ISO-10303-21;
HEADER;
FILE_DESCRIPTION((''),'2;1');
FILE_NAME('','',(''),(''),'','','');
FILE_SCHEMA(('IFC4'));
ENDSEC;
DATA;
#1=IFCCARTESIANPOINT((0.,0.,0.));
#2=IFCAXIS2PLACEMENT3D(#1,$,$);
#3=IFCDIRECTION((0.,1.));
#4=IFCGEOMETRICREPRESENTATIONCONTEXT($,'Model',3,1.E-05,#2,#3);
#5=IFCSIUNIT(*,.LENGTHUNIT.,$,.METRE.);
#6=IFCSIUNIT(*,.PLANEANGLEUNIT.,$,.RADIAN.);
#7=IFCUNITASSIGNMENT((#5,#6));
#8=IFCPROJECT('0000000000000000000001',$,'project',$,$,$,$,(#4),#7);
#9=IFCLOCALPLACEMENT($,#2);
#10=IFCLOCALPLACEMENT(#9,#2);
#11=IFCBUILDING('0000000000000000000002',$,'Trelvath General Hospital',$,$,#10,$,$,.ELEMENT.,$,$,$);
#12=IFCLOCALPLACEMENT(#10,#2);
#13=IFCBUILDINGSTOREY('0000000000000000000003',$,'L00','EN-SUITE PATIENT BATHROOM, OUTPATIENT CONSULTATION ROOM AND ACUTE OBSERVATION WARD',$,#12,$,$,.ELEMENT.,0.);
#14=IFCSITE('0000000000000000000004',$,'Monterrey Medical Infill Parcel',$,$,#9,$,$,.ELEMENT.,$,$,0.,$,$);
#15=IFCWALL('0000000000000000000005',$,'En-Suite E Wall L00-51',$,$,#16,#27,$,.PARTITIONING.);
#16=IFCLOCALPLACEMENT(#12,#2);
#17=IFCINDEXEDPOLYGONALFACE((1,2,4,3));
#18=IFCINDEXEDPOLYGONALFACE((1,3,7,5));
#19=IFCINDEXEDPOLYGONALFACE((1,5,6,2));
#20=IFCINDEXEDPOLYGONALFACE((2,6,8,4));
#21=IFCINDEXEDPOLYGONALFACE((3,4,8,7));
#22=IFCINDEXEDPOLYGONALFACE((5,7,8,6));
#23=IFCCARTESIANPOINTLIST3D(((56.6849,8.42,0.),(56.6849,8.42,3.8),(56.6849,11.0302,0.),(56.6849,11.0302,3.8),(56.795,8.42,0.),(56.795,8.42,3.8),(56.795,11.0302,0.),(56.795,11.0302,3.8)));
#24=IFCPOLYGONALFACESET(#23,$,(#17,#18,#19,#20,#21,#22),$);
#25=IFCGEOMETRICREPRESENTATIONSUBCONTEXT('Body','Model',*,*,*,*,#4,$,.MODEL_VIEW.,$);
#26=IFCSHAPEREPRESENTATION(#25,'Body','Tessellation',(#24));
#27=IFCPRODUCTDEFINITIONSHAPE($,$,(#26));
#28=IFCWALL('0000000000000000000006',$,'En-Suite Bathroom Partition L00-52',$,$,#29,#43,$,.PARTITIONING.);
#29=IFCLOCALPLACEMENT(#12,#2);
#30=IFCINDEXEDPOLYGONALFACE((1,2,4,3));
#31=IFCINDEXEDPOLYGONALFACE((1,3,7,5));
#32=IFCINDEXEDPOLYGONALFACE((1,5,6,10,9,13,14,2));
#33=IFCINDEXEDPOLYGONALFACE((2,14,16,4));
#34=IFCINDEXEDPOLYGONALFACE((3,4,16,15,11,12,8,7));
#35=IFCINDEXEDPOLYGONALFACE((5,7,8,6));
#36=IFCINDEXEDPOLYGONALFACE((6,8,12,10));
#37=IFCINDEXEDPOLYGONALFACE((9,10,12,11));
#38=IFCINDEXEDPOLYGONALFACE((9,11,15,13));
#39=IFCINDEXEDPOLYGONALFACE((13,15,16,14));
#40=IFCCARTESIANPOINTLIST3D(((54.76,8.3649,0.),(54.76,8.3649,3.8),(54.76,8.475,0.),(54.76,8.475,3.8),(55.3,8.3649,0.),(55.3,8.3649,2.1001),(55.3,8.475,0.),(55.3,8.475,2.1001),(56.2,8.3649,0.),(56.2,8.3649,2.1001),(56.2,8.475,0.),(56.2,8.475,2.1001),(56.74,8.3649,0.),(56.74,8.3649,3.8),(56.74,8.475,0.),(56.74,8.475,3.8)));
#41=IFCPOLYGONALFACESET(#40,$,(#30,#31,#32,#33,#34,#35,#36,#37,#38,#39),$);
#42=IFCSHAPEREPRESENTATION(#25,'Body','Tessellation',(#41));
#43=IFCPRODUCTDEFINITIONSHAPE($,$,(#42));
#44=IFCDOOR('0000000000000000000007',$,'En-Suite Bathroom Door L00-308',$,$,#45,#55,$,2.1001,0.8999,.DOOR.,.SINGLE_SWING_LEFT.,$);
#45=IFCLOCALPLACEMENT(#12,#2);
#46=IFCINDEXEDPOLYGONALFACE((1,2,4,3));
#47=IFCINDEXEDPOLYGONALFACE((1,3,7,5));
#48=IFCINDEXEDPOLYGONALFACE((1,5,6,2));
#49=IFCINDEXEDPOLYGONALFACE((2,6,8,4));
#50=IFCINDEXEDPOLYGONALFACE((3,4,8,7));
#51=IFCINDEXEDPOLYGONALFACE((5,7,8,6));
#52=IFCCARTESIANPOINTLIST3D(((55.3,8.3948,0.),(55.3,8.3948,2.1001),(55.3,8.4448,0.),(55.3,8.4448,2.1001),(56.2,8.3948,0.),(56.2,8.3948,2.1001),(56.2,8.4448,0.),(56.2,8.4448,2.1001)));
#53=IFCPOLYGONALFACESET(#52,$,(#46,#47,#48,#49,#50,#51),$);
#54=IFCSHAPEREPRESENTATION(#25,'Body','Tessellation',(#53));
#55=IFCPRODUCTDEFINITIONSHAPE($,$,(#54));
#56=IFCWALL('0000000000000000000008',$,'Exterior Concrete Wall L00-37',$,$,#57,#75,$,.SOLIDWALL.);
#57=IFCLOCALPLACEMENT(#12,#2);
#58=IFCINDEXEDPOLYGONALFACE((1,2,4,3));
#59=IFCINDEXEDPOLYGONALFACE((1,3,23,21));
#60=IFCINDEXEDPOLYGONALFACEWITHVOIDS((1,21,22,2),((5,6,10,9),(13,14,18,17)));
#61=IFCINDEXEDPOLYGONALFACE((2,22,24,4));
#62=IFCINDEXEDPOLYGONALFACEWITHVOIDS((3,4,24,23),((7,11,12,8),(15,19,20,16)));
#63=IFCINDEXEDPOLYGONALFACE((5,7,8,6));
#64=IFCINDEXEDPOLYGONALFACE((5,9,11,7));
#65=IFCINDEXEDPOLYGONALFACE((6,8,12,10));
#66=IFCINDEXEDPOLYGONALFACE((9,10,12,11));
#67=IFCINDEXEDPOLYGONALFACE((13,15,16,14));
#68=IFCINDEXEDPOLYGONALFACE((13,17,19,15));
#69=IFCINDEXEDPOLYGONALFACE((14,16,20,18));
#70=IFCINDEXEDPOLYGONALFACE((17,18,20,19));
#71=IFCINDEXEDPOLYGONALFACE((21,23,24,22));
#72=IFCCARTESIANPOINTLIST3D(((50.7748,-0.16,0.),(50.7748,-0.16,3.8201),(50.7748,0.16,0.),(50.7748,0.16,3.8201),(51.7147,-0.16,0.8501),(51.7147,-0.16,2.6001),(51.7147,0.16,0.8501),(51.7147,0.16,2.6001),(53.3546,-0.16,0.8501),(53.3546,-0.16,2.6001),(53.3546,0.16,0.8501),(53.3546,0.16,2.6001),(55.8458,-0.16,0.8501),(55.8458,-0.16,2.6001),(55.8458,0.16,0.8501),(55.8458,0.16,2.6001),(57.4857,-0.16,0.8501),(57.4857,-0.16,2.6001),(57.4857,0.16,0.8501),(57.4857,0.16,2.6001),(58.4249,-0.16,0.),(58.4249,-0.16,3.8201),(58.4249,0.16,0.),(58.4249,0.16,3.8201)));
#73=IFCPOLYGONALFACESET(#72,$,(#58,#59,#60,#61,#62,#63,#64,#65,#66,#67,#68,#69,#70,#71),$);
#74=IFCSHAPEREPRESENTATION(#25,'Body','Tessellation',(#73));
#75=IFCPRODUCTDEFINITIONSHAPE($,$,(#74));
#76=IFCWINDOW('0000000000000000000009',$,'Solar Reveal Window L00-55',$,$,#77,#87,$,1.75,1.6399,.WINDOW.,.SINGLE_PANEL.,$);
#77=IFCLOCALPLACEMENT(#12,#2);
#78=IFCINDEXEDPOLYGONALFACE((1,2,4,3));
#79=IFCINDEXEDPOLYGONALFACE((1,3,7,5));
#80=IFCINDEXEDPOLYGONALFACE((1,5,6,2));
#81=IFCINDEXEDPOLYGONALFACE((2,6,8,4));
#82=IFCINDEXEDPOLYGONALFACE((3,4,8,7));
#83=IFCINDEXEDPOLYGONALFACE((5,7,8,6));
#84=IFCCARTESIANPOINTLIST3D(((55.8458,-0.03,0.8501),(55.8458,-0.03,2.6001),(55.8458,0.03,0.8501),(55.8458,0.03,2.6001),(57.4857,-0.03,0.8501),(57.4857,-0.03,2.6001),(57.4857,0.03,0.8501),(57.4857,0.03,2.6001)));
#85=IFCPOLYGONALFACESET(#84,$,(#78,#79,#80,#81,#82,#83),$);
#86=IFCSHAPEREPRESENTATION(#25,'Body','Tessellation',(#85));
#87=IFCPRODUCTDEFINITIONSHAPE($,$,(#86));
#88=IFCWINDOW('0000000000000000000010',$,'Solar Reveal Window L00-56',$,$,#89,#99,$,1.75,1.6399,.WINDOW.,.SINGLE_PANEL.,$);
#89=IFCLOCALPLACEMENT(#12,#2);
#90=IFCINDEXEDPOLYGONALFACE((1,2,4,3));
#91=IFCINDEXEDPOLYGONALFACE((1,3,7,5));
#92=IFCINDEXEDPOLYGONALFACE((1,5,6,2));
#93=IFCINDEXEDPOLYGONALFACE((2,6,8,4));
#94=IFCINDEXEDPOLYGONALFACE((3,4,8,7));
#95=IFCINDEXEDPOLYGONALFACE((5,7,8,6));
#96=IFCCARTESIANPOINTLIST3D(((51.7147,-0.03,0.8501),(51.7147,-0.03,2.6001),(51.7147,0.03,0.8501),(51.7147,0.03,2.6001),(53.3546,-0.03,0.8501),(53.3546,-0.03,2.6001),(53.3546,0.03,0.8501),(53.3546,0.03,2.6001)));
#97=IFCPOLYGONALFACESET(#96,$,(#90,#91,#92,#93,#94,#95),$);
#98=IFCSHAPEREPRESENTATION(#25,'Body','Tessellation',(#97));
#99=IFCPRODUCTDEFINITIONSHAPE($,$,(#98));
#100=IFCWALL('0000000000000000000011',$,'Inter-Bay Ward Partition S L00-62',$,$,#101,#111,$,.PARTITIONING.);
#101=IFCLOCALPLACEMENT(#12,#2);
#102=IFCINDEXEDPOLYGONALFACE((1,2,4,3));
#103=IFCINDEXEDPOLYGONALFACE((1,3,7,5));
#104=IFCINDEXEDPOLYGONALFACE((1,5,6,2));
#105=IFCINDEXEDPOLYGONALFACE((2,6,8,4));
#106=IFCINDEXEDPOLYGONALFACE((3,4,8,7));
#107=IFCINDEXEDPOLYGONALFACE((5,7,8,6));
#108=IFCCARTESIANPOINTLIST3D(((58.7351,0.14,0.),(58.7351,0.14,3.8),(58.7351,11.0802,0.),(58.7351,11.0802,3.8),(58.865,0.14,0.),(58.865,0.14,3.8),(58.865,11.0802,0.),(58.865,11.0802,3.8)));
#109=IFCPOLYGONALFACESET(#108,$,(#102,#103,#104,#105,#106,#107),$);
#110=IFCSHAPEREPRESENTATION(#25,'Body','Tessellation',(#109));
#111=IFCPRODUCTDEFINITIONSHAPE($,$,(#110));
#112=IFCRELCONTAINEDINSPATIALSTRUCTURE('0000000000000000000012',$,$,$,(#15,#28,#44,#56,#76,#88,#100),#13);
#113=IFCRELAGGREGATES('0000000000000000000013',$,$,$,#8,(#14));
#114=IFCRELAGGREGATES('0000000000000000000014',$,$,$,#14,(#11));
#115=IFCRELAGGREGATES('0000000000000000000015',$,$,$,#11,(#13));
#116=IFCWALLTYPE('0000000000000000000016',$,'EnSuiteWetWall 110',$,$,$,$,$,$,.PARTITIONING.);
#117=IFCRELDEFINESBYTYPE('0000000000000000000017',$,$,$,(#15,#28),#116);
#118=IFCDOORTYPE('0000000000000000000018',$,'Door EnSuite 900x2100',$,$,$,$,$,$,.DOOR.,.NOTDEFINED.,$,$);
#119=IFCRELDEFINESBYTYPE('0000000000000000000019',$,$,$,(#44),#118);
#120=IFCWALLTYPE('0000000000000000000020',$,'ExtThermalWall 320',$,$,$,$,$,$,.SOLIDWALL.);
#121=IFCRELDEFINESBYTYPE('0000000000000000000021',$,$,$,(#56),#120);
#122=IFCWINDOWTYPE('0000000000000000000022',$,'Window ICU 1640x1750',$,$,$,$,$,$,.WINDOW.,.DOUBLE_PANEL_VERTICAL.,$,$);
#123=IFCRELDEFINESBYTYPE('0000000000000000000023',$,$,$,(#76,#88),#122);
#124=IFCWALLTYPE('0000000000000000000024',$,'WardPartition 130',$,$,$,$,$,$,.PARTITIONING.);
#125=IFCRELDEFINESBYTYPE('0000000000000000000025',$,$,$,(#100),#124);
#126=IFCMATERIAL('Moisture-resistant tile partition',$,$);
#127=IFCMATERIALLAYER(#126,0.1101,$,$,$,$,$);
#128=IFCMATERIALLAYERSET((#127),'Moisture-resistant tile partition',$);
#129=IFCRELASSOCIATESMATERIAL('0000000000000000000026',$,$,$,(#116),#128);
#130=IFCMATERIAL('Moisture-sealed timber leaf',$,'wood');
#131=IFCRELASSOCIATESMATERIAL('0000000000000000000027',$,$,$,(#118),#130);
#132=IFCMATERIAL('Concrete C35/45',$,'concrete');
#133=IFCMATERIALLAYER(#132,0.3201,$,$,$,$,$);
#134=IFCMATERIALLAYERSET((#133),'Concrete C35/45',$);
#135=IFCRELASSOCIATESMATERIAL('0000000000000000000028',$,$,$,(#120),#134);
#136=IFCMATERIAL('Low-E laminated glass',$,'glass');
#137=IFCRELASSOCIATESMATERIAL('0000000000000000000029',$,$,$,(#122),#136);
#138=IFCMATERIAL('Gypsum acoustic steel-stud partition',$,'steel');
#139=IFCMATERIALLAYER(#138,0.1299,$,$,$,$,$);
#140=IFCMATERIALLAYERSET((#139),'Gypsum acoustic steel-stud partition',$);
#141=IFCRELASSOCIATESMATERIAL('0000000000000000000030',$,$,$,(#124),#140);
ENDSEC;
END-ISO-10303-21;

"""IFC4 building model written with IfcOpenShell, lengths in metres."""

from ifc_helpers import new_model, si_unit, direction, frame, frame_2d, origin, place, context, subcontext, project, spatial, rectangle, extrude, material, layer, layer_set, type_object, element, fill, save


model = new_model("IFC4")

# Units and contexts
model_context = context("Model", 3, precision=1e-05, world=origin(), true_north=direction((0.0, 1.0)))
body_context = subcontext(model_context, "Body", "Model", "MODEL_VIEW")
ifc_project = project(units=[si_unit("LENGTHUNIT", "METRE"), si_unit("PLANEANGLEUNIT", "RADIAN")], contexts=[model_context])

# Site, building, storey
site_placement = place(None, origin())
site = spatial("IfcSite", under=ifc_project, at=site_placement, Name="Monterrey Medical Infill Parcel", CompositionType="ELEMENT", RefElevation=0.0)
building_placement = place(site_placement, origin())
building = spatial("IfcBuilding", under=site, at=building_placement, Name="Trelvath General Hospital", CompositionType="ELEMENT")
storey_placement = place(building_placement, origin())
storey = spatial("IfcBuildingStorey", under=building, at=storey_placement, Name="L00", Description="EN-SUITE PATIENT BATHROOM, OUTPATIENT CONSULTATION ROOM AND ACUTE OBSERVATION WARD", CompositionType="ELEMENT", Elevation=0.0)

# Wall
ifc_material_1 = material(Name="Moisture-resistant tile partition")
ifc_layer_1 = layer(ifc_material_1, 0.1101)
ifc_layer_set_1 = layer_set([ifc_layer_1], Name="Moisture-resistant tile partition")
wall_type_1 = type_object("IfcWallType", Name="EnSuiteWetWall 110", PredefinedType="PARTITIONING", material=ifc_layer_set_1)
for number, where, z_axis, x_axis, name in (
    (1, (56.74, 8.4199, 0.0), (0.0, 0.0, 1.0), (0.0, 1.0, 0.0), "En-Suite E Wall L00-51"),
):
    element("IfcWall", number, at=place(storey_placement, frame(where, z_axis=z_axis, x_axis=x_axis)), inside=storey, type_object=wall_type_1, Name=name, PredefinedType="PARTITIONING", context=body_context, shape_type="SweptSolid", body=[
        extrude(rectangle(XDim=2.6101, YDim=0.1101, at=frame_2d((1.3052, 0.0))), origin(), (0.0, 0.0, 1.0), 3.8),
    ])

# Wall, opening, door
wall_1_placement = place(storey_placement, frame((54.76, 8.4199, 0.0), z_axis=(0.0, 0.0, 1.0), x_axis=(1.0, 0.0, 0.0)))
wall_1 = element("IfcWall", 2, at=wall_1_placement, inside=storey, type_object=wall_type_1, Name="En-Suite Bathroom Partition L00-52", PredefinedType="PARTITIONING", context=body_context, shape_type="SweptSolid", body=[
    extrude(rectangle(XDim=1.98, YDim=0.1101, at=frame_2d((0.99, 0.0))), origin(), (0.0, 0.0, 1.0), 3.8),
])
opening_1_placement = place(wall_1_placement, frame((0.54, 0.0, 0.0)))
opening_1 = element("IfcOpeningElement", 3, at=opening_1_placement, cuts=wall_1, PredefinedType="OPENING", context=body_context, shape_type="SweptSolid", body=[
    extrude(rectangle(XDim=0.8999, YDim=2.1001, at=frame_2d((0.45, 1.05))), frame((0.0, 0.0649, 0.0), z_axis=(0.0, -1.0, 0.0), x_axis=(1.0, 0.0, 0.0)), (0.0, 0.0, 1.0), 0.1301),
])
ifc_material_2 = material(Name="Moisture-sealed timber leaf", Category="wood")
door_type = type_object("IfcDoorType", Name="Door EnSuite 900x2100", OperationType="NOTDEFINED", PredefinedType="DOOR", material=ifc_material_2)
door_placement = place(opening_1_placement, origin())
door = element("IfcDoor", 4, at=door_placement, inside=storey, type_object=door_type, Name="En-Suite Bathroom Door L00-308", OperationType="SINGLE_SWING_LEFT", OverallHeight=2.1001, OverallWidth=0.8999, PredefinedType="DOOR", context=body_context, shape_type="SweptSolid", body=[
    extrude(rectangle(XDim=0.8999, YDim=2.1001, at=frame_2d((0.45, 1.05))), frame((0.0, 0.0249, 0.0), z_axis=(0.0, -1.0, 0.0), x_axis=(1.0, 0.0, 0.0)), (0.0, 0.0, 1.0), 0.05),
])
fill(opening_1, door)

# Wall, openings, windows
ifc_material_3 = material(Name="Concrete C35/45", Category="concrete")
ifc_layer_2 = layer(ifc_material_3, 0.3201)
ifc_layer_set_2 = layer_set([ifc_layer_2], Name="Concrete C35/45")
wall_type_2 = type_object("IfcWallType", Name="ExtThermalWall 320", PredefinedType="SOLIDWALL", material=ifc_layer_set_2)
wall_2_placement = place(storey_placement, frame((58.425, 0.0, 0.0), z_axis=(0.0, 0.0, 1.0), x_axis=(-1.0, 0.0, 0.0)))
wall_2 = element("IfcWall", 5, at=wall_2_placement, inside=storey, type_object=wall_type_2, Name="Exterior Concrete Wall L00-37", PredefinedType="SOLIDWALL", context=body_context, shape_type="SweptSolid", body=[
    extrude(rectangle(XDim=7.6501, YDim=0.3201, at=frame_2d((3.8252, 0.0))), origin(), (0.0, 0.0, 1.0), 3.8201),
])
opening_2_placement = place(wall_2_placement, frame((0.9395, 0.0, 0.8501)))
opening_2 = element("IfcOpeningElement", 6, at=opening_2_placement, cuts=wall_2, PredefinedType="OPENING", context=body_context, shape_type="SweptSolid", body=[
    extrude(rectangle(XDim=1.6399, YDim=1.75, at=frame_2d((0.8198, 0.875))), frame((0.0, 0.1699, 0.0), z_axis=(0.0, -1.0, 0.0), x_axis=(1.0, 0.0, 0.0)), (0.0, 0.0, 1.0), 0.3401),
])
opening_3_placement = place(wall_2_placement, frame((5.0706, 0.0, 0.8501)))
opening_3 = element("IfcOpeningElement", 7, at=opening_3_placement, cuts=wall_2, PredefinedType="OPENING", context=body_context, shape_type="SweptSolid", body=[
    extrude(rectangle(XDim=1.6399, YDim=1.75, at=frame_2d((0.8198, 0.875))), frame((0.0, 0.1699, 0.0), z_axis=(0.0, -1.0, 0.0), x_axis=(1.0, 0.0, 0.0)), (0.0, 0.0, 1.0), 0.3401),
])
ifc_material_4 = material(Name="Low-E laminated glass", Category="glass")
window_type = type_object("IfcWindowType", Name="Window ICU 1640x1750", PartitioningType="DOUBLE_PANEL_VERTICAL", PredefinedType="WINDOW", material=ifc_material_4)
window_1_placement = place(opening_2_placement, origin())
window_1 = element("IfcWindow", 8, at=window_1_placement, inside=storey, type_object=window_type, Name="Solar Reveal Window L00-55", OverallHeight=1.75, OverallWidth=1.6399, PartitioningType="SINGLE_PANEL", PredefinedType="WINDOW", context=body_context, shape_type="SweptSolid", body=[
    extrude(rectangle(XDim=1.6399, YDim=1.75, at=frame_2d((0.8198, 0.875))), frame((0.0, 0.03, 0.0), z_axis=(0.0, -1.0, 0.0), x_axis=(1.0, 0.0, 0.0)), (0.0, 0.0, 1.0), 0.0601),
])
fill(opening_2, window_1)
window_2_placement = place(opening_3_placement, origin())
window_2 = element("IfcWindow", 9, at=window_2_placement, inside=storey, type_object=window_type, Name="Solar Reveal Window L00-56", OverallHeight=1.75, OverallWidth=1.6399, PartitioningType="SINGLE_PANEL", PredefinedType="WINDOW", context=body_context, shape_type="SweptSolid", body=[
    extrude(rectangle(XDim=1.6399, YDim=1.75, at=frame_2d((0.8198, 0.875))), frame((0.0, 0.03, 0.0), z_axis=(0.0, -1.0, 0.0), x_axis=(1.0, 0.0, 0.0)), (0.0, 0.0, 1.0), 0.0601),
])
fill(opening_3, window_2)

# Wall
ifc_material_5 = material(Name="Gypsum acoustic steel-stud partition", Category="steel")
ifc_layer_3 = layer(ifc_material_5, 0.1299)
ifc_layer_set_3 = layer_set([ifc_layer_3], Name="Gypsum acoustic steel-stud partition")
wall_type_3 = type_object("IfcWallType", Name="WardPartition 130", PredefinedType="PARTITIONING", material=ifc_layer_set_3)
wall_3_placement = place(storey_placement, frame((58.8, 0.1399, 0.0), z_axis=(0.0, 0.0, 1.0), x_axis=(0.0, 1.0, 0.0)))
element("IfcWall", 10, at=wall_3_placement, inside=storey, type_object=wall_type_3, Name="Inter-Bay Ward Partition S L00-62", PredefinedType="PARTITIONING", context=body_context, shape_type="SweptSolid", body=[
    extrude(rectangle(XDim=10.9402, YDim=0.1299, at=frame_2d((5.4702, 0.0))), origin(), (0.0, 0.0, 1.0), 3.8),
])

save(model, "model.ifc")
